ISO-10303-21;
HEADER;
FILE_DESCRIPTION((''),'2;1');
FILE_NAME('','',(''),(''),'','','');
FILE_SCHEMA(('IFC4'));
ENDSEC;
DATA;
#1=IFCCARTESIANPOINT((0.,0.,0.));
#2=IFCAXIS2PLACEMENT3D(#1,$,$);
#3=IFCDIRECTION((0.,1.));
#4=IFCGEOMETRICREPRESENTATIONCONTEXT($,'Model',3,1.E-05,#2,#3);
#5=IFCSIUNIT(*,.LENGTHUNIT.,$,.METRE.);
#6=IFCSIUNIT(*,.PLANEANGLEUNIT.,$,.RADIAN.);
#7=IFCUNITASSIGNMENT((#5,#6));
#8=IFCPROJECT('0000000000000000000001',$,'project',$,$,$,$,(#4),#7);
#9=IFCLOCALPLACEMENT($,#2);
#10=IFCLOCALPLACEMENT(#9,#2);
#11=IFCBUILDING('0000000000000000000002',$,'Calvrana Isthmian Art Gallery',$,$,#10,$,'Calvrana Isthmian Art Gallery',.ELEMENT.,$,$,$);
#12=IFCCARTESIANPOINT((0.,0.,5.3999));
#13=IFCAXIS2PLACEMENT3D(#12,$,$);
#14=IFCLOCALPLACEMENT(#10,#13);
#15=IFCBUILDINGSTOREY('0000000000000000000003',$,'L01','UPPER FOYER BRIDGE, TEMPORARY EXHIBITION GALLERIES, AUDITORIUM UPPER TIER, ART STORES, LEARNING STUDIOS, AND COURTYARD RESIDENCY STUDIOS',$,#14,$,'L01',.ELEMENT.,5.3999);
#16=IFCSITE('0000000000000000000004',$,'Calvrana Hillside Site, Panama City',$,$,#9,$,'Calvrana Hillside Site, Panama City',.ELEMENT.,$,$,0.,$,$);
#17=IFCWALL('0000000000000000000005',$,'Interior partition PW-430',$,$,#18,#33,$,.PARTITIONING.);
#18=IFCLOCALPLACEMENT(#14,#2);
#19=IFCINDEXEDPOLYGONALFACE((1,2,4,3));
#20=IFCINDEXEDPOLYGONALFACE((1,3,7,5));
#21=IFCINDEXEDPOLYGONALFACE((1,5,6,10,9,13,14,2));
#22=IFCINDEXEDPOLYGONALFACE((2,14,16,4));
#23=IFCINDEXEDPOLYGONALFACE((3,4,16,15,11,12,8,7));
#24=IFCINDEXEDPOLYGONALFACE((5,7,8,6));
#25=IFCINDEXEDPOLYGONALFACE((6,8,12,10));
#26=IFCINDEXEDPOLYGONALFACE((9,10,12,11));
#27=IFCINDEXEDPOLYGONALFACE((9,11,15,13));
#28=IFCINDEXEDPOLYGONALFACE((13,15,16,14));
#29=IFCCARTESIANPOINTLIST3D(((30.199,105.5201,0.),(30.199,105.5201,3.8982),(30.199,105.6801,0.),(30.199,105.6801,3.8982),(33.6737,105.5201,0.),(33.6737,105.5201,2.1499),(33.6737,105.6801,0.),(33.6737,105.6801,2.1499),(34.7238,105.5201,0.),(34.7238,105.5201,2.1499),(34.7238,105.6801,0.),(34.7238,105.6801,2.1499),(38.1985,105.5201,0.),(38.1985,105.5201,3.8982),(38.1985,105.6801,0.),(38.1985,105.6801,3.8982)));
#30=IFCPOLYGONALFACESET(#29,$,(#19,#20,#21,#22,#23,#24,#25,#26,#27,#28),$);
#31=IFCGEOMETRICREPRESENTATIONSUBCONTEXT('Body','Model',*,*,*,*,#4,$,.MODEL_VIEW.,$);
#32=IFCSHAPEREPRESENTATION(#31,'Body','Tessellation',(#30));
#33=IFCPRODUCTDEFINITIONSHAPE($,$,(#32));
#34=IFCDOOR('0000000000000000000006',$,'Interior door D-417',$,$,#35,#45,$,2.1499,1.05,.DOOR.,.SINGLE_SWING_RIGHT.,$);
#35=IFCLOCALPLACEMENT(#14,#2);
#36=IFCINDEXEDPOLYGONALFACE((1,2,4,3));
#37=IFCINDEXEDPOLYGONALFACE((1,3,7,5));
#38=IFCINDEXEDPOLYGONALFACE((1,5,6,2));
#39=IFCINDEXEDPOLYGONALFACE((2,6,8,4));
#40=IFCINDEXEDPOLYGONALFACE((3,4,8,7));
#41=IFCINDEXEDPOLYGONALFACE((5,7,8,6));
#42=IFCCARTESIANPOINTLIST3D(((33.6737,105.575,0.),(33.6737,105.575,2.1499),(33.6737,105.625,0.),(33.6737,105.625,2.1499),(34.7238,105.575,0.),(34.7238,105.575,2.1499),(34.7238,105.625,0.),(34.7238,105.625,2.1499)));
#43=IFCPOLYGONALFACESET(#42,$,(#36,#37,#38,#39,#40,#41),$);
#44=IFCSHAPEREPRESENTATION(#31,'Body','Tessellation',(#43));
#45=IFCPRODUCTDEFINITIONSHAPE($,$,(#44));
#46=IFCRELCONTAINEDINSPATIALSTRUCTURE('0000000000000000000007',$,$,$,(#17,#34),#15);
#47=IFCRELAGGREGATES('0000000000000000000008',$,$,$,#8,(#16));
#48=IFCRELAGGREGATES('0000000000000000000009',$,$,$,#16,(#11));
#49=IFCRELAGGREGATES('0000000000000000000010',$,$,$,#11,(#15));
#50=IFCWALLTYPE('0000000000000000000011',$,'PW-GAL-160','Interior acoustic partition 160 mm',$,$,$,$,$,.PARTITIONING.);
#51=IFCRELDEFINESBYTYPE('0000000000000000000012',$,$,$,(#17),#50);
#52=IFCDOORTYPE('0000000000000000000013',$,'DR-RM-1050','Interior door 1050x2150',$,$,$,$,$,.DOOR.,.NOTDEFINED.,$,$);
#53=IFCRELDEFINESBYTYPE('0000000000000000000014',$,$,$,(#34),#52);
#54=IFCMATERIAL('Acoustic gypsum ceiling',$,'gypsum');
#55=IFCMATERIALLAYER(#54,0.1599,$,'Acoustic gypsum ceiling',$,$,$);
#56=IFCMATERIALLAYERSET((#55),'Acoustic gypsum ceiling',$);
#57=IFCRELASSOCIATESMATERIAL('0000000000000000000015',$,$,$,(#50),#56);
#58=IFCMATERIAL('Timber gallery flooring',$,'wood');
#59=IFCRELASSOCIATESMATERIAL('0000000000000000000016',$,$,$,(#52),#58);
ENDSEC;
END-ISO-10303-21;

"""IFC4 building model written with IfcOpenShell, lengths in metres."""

from ifc_helpers import new_model, si_unit, direction, frame, frame_2d, origin, place, context, subcontext, project, spatial, rectangle, extrude, material, layer, layer_set, type_object, element, fill, save


model = new_model("IFC4")

# Units and contexts
model_context = context("Model", 3, precision=1e-05, world=origin(), true_north=direction((0.0, 1.0)))
body_context = subcontext(model_context, "Body", "Model", "MODEL_VIEW")
ifc_project = project(units=[si_unit("LENGTHUNIT", "METRE"), si_unit("PLANEANGLEUNIT", "RADIAN")], contexts=[model_context])

# Site, building, storey
site_placement = place(None, origin())
site = spatial("IfcSite", under=ifc_project, at=site_placement, Name="Calvrana Hillside Site, Panama City", LongName="Calvrana Hillside Site, Panama City", CompositionType="ELEMENT", RefElevation=0.0)
building_placement = place(site_placement, origin())
building = spatial("IfcBuilding", under=site, at=building_placement, Name="Calvrana Isthmian Art Gallery", LongName="Calvrana Isthmian Art Gallery", CompositionType="ELEMENT")
storey_placement = place(building_placement, frame((0.0, 0.0, 5.3999)))
storey = spatial("IfcBuildingStorey", under=building, at=storey_placement, Name="L01", Description="UPPER FOYER BRIDGE, TEMPORARY EXHIBITION GALLERIES, AUDITORIUM UPPER TIER, ART STORES, LEARNING STUDIOS, AND COURTYARD RESIDENCY STUDIOS", LongName="L01", CompositionType="ELEMENT", Elevation=5.3999)

# Shared definitions
ifc_material_1 = material(Name="Acoustic gypsum ceiling", Category="gypsum")
ifc_layer_1 = layer(ifc_material_1, 0.1599, Name="Acoustic gypsum ceiling")
ifc_layer_set_1 = layer_set([ifc_layer_1], Name="Acoustic gypsum ceiling")
wall_type_1 = type_object("IfcWallType", Name="PW-GAL-160", Description="Interior acoustic partition 160 mm", PredefinedType="PARTITIONING", material=ifc_layer_set_1)

# Wall, opening, door
wall_1_placement = place(storey_placement, frame((30.199, 105.6001, 0.0), z_axis=(0.0, 0.0, 1.0), x_axis=(1.0, 0.0, 0.0)))
wall_1 = element("IfcWall", 1, at=wall_1_placement, inside=storey, type_object=wall_type_1, Name="Interior partition PW-430", PredefinedType="PARTITIONING", context=body_context, shape_type="SweptSolid", body=[
    extrude(rectangle(XDim=7.9995, YDim=0.1599, at=frame_2d((3.9998, 0.0))), origin(), (0.0, 0.0, 1.0), 3.8982),
])
opening_1_placement = place(wall_1_placement, frame((3.4749, 0.0, 0.0)))
opening_1 = element("IfcOpeningElement", 2, at=opening_1_placement, cuts=wall_1, PredefinedType="OPENING", context=body_context, shape_type="SweptSolid", body=[
    extrude(rectangle(XDim=1.05, YDim=2.1499, at=frame_2d((0.5249, 1.075))), frame((0.0, 0.0903, 0.0), z_axis=(0.0, -1.0, 0.0), x_axis=(1.0, 0.0, 0.0)), (0.0, 0.0, 1.0), 0.1804),
])
ifc_material_2 = material(Name="Timber gallery flooring", Category="wood")
door_type = type_object("IfcDoorType", Name="DR-RM-1050", Description="Interior door 1050x2150", OperationType="NOTDEFINED", PredefinedType="DOOR", material=ifc_material_2)
door_placement = place(opening_1_placement, origin())
door = element("IfcDoor", 3, at=door_placement, inside=storey, type_object=door_type, Name="Interior door D-417", OperationType="SINGLE_SWING_RIGHT", OverallHeight=2.1499, OverallWidth=1.05, PredefinedType="DOOR", context=body_context, shape_type="SweptSolid", body=[
    extrude(rectangle(XDim=1.05, YDim=2.1499, at=frame_2d((0.5249, 1.075))), frame((0.0, 0.0249, 0.0), z_axis=(0.0, -1.0, 0.0), x_axis=(1.0, 0.0, 0.0)), (0.0, 0.0, 1.0), 0.05),
])
fill(opening_1, door)

save(model, "model.ifc")
